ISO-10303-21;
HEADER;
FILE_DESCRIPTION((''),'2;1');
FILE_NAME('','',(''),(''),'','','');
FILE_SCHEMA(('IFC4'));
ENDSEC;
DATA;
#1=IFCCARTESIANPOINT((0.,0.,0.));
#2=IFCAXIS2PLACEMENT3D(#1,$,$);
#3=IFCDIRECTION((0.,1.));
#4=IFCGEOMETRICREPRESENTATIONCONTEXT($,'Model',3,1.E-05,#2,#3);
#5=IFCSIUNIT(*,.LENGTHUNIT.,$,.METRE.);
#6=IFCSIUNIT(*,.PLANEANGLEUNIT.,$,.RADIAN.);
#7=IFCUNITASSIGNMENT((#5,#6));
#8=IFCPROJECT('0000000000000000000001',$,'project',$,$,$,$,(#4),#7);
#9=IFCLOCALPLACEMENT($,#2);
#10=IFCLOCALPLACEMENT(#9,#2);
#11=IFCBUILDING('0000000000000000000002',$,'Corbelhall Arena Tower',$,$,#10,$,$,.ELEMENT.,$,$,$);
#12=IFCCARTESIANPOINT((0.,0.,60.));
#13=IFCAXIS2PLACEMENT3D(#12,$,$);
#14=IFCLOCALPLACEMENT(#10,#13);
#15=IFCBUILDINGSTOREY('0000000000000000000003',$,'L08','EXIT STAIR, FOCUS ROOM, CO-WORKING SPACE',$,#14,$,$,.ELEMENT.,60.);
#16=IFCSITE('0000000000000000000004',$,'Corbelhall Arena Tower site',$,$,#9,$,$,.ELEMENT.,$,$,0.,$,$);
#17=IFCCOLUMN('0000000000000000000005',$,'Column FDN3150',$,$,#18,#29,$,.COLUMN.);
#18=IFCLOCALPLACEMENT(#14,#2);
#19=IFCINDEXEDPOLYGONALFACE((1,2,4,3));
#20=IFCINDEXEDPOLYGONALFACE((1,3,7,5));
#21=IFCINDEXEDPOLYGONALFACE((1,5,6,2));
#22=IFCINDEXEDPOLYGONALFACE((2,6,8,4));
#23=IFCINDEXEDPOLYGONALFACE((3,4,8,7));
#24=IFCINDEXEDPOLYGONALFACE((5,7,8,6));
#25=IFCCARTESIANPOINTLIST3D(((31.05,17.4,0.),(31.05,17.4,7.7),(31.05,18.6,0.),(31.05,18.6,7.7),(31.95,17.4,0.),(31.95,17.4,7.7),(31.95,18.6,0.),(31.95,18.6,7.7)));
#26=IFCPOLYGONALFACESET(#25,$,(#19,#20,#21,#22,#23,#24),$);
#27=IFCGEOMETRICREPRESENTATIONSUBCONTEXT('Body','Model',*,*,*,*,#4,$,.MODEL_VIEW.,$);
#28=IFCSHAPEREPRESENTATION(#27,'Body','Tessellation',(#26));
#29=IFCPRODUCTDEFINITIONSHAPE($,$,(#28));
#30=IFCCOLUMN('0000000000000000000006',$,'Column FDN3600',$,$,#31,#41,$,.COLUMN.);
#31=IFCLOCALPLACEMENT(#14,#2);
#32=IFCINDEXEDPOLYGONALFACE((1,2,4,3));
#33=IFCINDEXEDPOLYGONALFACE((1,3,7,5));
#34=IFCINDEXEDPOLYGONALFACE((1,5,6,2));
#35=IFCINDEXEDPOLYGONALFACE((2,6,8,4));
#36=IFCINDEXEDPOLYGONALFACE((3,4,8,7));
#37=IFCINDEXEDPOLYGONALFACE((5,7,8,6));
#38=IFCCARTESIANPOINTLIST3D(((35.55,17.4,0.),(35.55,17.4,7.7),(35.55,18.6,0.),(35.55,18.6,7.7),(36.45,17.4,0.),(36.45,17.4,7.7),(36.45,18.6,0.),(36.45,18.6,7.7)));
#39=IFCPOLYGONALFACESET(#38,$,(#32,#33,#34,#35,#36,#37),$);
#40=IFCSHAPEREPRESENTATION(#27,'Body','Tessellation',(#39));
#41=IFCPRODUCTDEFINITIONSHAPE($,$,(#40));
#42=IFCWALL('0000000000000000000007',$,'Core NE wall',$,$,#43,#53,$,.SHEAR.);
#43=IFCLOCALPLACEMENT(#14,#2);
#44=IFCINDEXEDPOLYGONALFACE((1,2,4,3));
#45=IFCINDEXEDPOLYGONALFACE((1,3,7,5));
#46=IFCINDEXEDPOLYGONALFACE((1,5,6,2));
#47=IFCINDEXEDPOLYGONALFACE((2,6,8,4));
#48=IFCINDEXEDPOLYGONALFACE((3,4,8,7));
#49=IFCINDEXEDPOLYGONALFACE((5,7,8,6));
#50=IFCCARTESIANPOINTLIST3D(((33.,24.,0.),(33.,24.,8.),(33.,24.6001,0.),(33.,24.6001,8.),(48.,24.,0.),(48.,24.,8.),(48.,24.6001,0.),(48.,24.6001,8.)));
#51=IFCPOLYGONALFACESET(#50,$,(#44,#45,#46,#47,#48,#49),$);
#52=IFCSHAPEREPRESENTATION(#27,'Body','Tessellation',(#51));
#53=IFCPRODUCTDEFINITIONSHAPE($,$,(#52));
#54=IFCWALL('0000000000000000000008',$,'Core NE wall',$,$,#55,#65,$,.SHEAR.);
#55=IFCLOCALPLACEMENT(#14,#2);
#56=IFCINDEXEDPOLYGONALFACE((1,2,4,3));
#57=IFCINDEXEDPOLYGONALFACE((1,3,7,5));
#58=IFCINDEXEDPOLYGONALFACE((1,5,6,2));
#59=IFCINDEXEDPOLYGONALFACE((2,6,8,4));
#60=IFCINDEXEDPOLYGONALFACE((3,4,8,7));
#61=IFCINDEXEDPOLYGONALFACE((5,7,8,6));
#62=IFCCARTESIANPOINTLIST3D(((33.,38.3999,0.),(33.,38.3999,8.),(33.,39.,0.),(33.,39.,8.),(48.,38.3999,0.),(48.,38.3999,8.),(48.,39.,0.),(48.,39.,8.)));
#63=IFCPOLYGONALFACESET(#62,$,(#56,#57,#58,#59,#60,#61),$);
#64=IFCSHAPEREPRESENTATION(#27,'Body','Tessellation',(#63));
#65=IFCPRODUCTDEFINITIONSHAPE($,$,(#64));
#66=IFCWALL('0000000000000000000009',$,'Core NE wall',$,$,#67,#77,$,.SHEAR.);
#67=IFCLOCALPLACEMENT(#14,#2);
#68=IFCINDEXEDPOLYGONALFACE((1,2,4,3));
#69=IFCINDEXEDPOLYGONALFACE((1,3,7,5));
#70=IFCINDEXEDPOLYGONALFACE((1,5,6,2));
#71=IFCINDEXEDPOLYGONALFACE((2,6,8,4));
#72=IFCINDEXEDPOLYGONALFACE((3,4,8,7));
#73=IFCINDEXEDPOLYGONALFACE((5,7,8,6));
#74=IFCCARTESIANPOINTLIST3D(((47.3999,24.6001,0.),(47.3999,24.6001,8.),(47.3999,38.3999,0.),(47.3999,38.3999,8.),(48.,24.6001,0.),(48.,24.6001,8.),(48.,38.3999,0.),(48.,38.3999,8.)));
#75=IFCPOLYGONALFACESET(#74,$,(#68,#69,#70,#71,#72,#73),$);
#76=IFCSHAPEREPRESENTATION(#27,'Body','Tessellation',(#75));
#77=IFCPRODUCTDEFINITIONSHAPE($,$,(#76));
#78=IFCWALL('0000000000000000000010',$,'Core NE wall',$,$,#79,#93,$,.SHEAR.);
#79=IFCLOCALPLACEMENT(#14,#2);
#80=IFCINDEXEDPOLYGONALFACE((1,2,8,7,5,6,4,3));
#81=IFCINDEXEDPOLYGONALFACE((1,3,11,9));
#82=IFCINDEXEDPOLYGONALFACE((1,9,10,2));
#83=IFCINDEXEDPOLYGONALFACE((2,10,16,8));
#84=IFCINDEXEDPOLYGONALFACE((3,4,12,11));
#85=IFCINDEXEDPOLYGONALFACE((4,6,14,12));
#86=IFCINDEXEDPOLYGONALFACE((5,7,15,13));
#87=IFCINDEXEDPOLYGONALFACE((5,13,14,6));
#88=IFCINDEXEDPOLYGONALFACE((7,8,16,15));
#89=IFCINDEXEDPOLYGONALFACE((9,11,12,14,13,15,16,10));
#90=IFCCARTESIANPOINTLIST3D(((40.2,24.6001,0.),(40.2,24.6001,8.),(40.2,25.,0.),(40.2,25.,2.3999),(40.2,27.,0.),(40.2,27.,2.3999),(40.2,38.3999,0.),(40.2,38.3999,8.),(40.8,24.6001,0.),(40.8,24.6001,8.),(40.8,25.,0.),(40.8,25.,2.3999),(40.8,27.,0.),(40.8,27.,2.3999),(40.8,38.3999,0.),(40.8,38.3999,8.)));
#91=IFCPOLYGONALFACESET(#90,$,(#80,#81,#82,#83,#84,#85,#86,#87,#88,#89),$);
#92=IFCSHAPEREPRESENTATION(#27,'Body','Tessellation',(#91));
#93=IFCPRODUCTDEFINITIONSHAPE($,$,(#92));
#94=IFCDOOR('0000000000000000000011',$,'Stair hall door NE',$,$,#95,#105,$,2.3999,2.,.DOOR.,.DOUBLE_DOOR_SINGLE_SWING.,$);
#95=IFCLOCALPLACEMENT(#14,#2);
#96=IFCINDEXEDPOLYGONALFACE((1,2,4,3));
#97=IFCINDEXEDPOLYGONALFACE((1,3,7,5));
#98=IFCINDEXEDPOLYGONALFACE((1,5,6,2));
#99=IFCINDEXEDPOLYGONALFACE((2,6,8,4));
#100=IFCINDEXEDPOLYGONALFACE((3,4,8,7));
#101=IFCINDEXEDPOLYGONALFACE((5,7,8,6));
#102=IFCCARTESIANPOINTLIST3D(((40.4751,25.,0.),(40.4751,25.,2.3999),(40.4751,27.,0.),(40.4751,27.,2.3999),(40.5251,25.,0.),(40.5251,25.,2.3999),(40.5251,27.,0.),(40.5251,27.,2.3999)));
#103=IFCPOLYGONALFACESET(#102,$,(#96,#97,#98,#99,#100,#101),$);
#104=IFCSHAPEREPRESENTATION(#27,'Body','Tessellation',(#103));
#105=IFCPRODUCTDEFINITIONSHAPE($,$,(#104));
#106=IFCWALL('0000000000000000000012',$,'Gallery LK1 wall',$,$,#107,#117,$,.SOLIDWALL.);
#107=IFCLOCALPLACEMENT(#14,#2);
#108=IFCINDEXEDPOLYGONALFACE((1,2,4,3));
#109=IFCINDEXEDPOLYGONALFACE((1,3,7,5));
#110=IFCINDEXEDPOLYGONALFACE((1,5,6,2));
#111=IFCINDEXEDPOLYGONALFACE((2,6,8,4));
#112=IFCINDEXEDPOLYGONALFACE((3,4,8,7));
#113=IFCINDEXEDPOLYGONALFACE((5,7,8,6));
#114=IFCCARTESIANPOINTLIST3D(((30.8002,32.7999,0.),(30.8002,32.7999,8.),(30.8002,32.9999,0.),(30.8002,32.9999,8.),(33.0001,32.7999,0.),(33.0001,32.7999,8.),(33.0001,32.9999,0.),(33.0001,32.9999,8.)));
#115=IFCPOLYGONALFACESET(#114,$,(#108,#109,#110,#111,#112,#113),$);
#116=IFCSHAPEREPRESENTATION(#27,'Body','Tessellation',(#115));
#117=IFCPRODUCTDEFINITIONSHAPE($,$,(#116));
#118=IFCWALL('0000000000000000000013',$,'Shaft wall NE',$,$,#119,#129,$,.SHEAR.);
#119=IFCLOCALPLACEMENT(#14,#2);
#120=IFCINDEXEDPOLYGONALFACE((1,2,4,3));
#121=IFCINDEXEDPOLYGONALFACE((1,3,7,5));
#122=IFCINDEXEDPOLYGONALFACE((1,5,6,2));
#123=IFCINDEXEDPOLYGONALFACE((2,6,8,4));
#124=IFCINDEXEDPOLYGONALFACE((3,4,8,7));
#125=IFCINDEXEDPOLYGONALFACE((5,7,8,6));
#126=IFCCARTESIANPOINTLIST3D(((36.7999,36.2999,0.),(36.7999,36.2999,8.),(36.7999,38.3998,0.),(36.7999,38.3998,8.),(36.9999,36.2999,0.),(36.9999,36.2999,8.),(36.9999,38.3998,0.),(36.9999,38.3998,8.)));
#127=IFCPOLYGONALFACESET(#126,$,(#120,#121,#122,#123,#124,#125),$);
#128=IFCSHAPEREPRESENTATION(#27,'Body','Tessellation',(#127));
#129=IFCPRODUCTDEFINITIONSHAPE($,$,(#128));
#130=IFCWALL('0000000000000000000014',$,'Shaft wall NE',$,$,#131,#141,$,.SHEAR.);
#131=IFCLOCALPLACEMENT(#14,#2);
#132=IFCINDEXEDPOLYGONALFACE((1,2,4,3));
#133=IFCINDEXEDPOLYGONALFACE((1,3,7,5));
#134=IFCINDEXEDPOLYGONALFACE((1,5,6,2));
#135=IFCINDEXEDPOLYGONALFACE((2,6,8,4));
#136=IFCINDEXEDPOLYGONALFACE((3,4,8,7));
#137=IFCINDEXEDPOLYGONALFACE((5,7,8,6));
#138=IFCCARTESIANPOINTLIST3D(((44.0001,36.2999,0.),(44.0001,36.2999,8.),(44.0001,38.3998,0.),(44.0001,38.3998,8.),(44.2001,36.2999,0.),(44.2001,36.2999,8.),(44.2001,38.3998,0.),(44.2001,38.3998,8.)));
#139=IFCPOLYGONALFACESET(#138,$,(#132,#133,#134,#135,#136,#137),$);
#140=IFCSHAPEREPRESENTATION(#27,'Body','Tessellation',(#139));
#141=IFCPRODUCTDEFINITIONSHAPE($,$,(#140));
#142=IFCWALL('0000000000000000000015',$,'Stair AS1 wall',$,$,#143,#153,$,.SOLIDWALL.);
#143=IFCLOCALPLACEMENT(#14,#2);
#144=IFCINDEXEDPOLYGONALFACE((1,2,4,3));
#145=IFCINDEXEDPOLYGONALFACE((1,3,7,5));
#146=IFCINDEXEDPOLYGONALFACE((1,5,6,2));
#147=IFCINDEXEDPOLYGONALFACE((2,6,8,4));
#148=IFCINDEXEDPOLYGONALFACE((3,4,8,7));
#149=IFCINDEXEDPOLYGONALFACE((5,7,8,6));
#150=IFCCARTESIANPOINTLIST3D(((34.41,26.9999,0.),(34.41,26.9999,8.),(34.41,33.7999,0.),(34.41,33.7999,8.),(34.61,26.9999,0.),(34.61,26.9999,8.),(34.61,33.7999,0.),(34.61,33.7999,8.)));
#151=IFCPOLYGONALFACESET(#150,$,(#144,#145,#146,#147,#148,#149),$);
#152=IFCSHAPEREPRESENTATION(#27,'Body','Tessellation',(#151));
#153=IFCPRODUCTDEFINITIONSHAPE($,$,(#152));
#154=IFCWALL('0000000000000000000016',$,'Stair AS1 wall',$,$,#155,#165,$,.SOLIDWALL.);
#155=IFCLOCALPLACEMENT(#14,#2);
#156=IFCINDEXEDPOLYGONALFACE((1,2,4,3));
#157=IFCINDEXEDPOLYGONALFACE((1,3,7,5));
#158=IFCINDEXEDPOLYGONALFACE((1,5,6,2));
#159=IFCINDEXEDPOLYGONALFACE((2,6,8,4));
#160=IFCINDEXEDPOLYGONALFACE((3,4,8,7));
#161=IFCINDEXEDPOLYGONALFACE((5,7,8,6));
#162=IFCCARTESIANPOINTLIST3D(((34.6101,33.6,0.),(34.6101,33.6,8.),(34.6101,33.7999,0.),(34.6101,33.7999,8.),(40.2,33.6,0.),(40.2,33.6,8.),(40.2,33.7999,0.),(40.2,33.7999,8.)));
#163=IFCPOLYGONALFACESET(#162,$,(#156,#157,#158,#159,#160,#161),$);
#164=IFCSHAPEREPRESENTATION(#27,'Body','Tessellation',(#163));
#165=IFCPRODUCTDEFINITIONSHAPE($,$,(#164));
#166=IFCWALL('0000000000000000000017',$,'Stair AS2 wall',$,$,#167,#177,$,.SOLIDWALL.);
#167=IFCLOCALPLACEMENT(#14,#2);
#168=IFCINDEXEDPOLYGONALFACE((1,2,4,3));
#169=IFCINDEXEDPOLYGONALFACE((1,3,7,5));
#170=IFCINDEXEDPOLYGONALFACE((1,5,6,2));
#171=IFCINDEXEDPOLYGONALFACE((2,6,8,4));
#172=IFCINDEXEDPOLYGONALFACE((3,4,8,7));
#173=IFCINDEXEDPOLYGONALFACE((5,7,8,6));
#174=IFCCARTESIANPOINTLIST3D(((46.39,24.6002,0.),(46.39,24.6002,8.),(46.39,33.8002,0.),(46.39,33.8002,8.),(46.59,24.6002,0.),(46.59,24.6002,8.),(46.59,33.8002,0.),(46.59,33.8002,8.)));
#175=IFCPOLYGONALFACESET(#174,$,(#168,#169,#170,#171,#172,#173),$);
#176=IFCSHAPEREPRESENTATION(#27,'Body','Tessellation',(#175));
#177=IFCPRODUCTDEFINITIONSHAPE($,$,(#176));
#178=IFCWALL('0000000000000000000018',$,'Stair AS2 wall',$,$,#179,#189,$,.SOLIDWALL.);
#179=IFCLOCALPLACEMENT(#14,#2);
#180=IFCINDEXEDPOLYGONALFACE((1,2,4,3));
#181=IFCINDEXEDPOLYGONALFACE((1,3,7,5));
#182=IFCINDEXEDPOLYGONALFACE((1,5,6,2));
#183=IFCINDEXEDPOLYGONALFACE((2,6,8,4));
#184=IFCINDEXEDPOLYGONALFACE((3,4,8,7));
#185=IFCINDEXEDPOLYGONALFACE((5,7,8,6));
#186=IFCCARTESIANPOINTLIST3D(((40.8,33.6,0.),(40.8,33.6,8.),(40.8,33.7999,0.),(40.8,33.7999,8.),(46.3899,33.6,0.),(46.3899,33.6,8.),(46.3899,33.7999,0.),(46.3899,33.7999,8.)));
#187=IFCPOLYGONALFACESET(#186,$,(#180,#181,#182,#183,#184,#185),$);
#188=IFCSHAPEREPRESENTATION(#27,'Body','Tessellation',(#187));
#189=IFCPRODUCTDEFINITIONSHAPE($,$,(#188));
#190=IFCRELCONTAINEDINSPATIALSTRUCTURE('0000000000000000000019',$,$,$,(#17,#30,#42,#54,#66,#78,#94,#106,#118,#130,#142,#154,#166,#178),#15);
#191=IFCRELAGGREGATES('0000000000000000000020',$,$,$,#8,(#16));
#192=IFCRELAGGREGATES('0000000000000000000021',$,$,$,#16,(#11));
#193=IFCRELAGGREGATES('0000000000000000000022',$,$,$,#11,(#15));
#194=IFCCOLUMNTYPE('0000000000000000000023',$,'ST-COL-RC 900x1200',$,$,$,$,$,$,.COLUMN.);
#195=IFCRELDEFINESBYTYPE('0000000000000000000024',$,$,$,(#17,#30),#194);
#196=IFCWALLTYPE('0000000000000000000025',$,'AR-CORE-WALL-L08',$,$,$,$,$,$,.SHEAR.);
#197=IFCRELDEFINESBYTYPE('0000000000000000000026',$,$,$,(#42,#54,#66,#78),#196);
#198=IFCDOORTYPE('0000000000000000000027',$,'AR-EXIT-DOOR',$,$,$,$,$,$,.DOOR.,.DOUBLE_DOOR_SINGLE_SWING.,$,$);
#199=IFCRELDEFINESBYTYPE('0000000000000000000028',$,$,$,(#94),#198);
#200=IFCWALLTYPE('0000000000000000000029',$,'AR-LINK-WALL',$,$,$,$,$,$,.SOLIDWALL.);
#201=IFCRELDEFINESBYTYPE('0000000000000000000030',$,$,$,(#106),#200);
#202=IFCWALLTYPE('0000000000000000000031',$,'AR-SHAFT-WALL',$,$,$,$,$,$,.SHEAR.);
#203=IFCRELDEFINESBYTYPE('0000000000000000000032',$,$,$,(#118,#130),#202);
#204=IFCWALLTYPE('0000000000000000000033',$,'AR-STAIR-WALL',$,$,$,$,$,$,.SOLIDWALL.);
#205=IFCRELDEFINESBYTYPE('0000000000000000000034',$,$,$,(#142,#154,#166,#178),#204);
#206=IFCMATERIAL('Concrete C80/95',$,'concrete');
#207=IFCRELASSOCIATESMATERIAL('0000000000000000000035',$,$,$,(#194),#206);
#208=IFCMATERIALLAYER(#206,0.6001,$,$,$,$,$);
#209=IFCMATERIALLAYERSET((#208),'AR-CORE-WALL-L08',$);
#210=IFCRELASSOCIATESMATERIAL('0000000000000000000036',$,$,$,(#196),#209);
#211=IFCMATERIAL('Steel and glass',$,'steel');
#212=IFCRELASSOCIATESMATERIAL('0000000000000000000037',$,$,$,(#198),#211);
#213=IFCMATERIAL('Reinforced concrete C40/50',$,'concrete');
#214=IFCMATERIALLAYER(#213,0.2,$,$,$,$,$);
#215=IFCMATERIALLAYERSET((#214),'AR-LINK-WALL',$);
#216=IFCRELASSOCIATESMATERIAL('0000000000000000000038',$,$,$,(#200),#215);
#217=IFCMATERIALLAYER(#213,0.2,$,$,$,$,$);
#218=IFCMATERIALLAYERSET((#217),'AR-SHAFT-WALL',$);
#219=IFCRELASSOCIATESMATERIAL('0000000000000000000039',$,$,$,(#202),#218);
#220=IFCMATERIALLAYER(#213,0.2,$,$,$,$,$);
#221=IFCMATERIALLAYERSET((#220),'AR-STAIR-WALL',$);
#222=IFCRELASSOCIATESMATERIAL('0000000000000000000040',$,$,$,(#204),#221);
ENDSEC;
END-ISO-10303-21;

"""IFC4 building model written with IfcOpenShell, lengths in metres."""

from ifc_helpers import new_model, si_unit, direction, frame, frame_2d, origin, origin_2d, place, context, subcontext, project, spatial, rectangle, extrude, material, layer, layer_set, material_profile, profile_set, type_object, element, fill, save


model = new_model("IFC4")

# Units and contexts
model_context = context("Model", 3, precision=1e-05, world=origin(), true_north=direction((0.0, 1.0)))
body_context = subcontext(model_context, "Body", "Model", "MODEL_VIEW")
ifc_project = project(units=[si_unit("LENGTHUNIT", "METRE"), si_unit("PLANEANGLEUNIT", "RADIAN")], contexts=[model_context])

# Site, building, storey
site_placement = place(None, origin())
site = spatial("IfcSite", under=ifc_project, at=site_placement, Name="Corbelhall Arena Tower site", CompositionType="ELEMENT", RefElevation=0.0)
building_placement = place(site_placement, origin())
building = spatial("IfcBuilding", under=site, at=building_placement, Name="Corbelhall Arena Tower", CompositionType="ELEMENT")
storey_placement = place(building_placement, frame((0.0, 0.0, 60.0)))
storey = spatial("IfcBuildingStorey", under=building, at=storey_placement, Name="L08", Description="EXIT STAIR, FOCUS ROOM, CO-WORKING SPACE", CompositionType="ELEMENT", Elevation=60.0)

# Columns
ifc_material_1 = material(Name="Concrete C80/95", Category="concrete")
ifc_material_profile = material_profile(ifc_material_1, rectangle(XDim=0.8999, YDim=1.2, at=origin_2d()))
ifc_profile_set = profile_set([ifc_material_profile], Name="Concrete C80/95")
column_type = type_object("IfcColumnType", Name="ST-COL-RC 900x1200", PredefinedType="COLUMN", material=ifc_profile_set)
for number, where, z_axis, x_axis, name in (
    (1, (31.5, 18.0, 0.0), (0.0, 0.0, 1.0), (1.0, 0.0, 0.0), "Column FDN3150"),
    (2, (36.0, 18.0, 0.0), (0.0, 0.0, 1.0), (1.0, 0.0, 0.0), "Column FDN3600"),
):
    element("IfcColumn", number, at=place(storey_placement, frame(where, z_axis=z_axis, x_axis=x_axis)), inside=storey, type_object=column_type, Name=name, PredefinedType="COLUMN", context=body_context, shape_type="SweptSolid", body=[
        extrude(rectangle(XDim=0.8999, YDim=1.2, at=origin_2d()), origin(), (0.0, 0.0, 1.0), 7.7),
    ])

# Walls
ifc_layer_1 = layer(ifc_material_1, 0.6001)
ifc_layer_set_1 = layer_set([ifc_layer_1], Name="AR-CORE-WALL-L08")
wall_type_1 = type_object("IfcWallType", Name="AR-CORE-WALL-L08", PredefinedType="SHEAR", material=ifc_layer_set_1)
for number, where, z_axis, x_axis, name in (
    (3, (33.0, 24.3, 0.0), (0.0, 0.0, 1.0), (1.0, 0.0, 0.0), "Core NE wall"),
    (4, (33.0, 38.7, 0.0), (0.0, 0.0, 1.0), (1.0, 0.0, 0.0), "Core NE wall"),
):
    element("IfcWall", number, at=place(storey_placement, frame(where, z_axis=z_axis, x_axis=x_axis)), inside=storey, type_object=wall_type_1, Name=name, PredefinedType="SHEAR", context=body_context, shape_type="SweptSolid", body=[
        extrude(rectangle(XDim=15.0, YDim=0.6001, at=frame_2d((7.5, 0.0))), origin(), (0.0, 0.0, 1.0), 8.0),
    ])

# Shared definitions
ifc_material_2 = material(Name="Steel and glass", Category="steel")
door_type_1 = type_object("IfcDoorType", Name="AR-EXIT-DOOR", OperationType="DOUBLE_DOOR_SINGLE_SWING", PredefinedType="DOOR", material=ifc_material_2)

# Wall
wall_1_placement = place(storey_placement, frame((47.7, 24.6001, 0.0), z_axis=(0.0, 0.0, 1.0), x_axis=(0.0, 1.0, 0.0)))
element("IfcWall", 5, at=wall_1_placement, inside=storey, type_object=wall_type_1, Name="Core NE wall", PredefinedType="SHEAR", context=body_context, shape_type="SweptSolid", body=[
    extrude(rectangle(XDim=13.7998, YDim=0.6001, at=frame_2d((6.8999, 0.0))), origin(), (0.0, 0.0, 1.0), 8.0),
])

# Wall, opening, door
wall_2_placement = place(storey_placement, frame((40.5, 24.6001, 0.0), z_axis=(0.0, 0.0, 1.0), x_axis=(0.0, 1.0, 0.0)))
wall_2 = element("IfcWall", 6, at=wall_2_placement, inside=storey, type_object=wall_type_1, Name="Core NE wall", PredefinedType="SHEAR", context=body_context, shape_type="SweptSolid", body=[
    extrude(rectangle(XDim=13.7998, YDim=0.6001, at=frame_2d((6.8999, 0.0))), origin(), (0.0, 0.0, 1.0), 8.0),
])
opening_1_placement = place(wall_2_placement, frame((0.3999, 0.0, 0.0)))
opening_1 = element("IfcOpeningElement", 7, at=opening_1_placement, cuts=wall_2, PredefinedType="OPENING", context=body_context, shape_type="SweptSolid", body=[
    extrude(rectangle(XDim=2.0, YDim=2.3999, at=frame_2d((1.0, 1.2))), frame((0.0, 0.3, 0.0), z_axis=(0.0, -1.0, 0.0), x_axis=(1.0, 0.0, 0.0)), (0.0, 0.0, 1.0), 0.6001),
])
door_1_placement = place(opening_1_placement, origin())
door_1 = element("IfcDoor", 8, at=door_1_placement, inside=storey, type_object=door_type_1, Name="Stair hall door NE", OperationType="DOUBLE_DOOR_SINGLE_SWING", OverallHeight=2.3999, OverallWidth=2.0, PredefinedType="DOOR", context=body_context, shape_type="SweptSolid", body=[
    extrude(rectangle(XDim=2.0, YDim=2.3999, at=frame_2d((1.0, 1.2))), frame((0.0, 0.0249, 0.0), z_axis=(0.0, -1.0, 0.0), x_axis=(1.0, 0.0, 0.0)), (0.0, 0.0, 1.0), 0.05),
])
fill(opening_1, door_1)

# Wall
ifc_material_3 = material(Name="Reinforced concrete C40/50", Category="concrete")
ifc_layer_2 = layer(ifc_material_3, 0.2)
ifc_layer_set_2 = layer_set([ifc_layer_2], Name="AR-LINK-WALL")
wall_type_2 = type_object("IfcWallType", Name="AR-LINK-WALL", PredefinedType="SOLIDWALL", material=ifc_layer_set_2)
wall_3_placement = place(storey_placement, frame((30.8, 32.8999, 0.0), z_axis=(0.0, 0.0, 1.0), x_axis=(1.0, 0.0, 0.0)))
element("IfcWall", 9, at=wall_3_placement, inside=storey, type_object=wall_type_2, Name="Gallery LK1 wall", PredefinedType="SOLIDWALL", context=body_context, shape_type="SweptSolid", body=[
    extrude(rectangle(XDim=2.2, YDim=0.2, at=frame_2d((1.1001, 0.0))), origin(), (0.0, 0.0, 1.0), 8.0),
])

# Shared definitions
ifc_layer_3 = layer(ifc_material_3, 0.2)
ifc_layer_set_3 = layer_set([ifc_layer_3], Name="AR-SHAFT-WALL")
wall_type_3 = type_object("IfcWallType", Name="AR-SHAFT-WALL", PredefinedType="SHEAR", material=ifc_layer_set_3)

# Walls
for number, where, z_axis, x_axis, name in (
    (10, (36.8999, 36.3, 0.0), (0.0, 0.0, 1.0), (0.0, 1.0, 0.0), "Shaft wall NE"),
    (11, (44.1001, 36.3, 0.0), (0.0, 0.0, 1.0), (0.0, 1.0, 0.0), "Shaft wall NE"),
):
    element("IfcWall", number, at=place(storey_placement, frame(where, z_axis=z_axis, x_axis=x_axis)), inside=storey, type_object=wall_type_3, Name=name, PredefinedType="SHEAR", context=body_context, shape_type="SweptSolid", body=[
        extrude(rectangle(XDim=2.0999, YDim=0.2, at=frame_2d((1.0498, 0.0))), origin(), (0.0, 0.0, 1.0), 8.0),
    ])
ifc_layer_4 = layer(ifc_material_3, 0.2)
ifc_layer_set_4 = layer_set([ifc_layer_4], Name="AR-STAIR-WALL")
wall_type_4 = type_object("IfcWallType", Name="AR-STAIR-WALL", PredefinedType="SOLIDWALL", material=ifc_layer_set_4)
wall_4_placement = place(storey_placement, frame((34.51, 27.0, 0.0), z_axis=(0.0, 0.0, 1.0), x_axis=(0.0, 1.0, 0.0)))
element("IfcWall", 12, at=wall_4_placement, inside=storey, type_object=wall_type_4, Name="Stair AS1 wall", PredefinedType="SOLIDWALL", context=body_context, shape_type="SweptSolid", body=[
    extrude(rectangle(XDim=6.8, YDim=0.2, at=frame_2d((3.3999, 0.0))), origin(), (0.0, 0.0, 1.0), 8.0),
])
wall_5_placement = place(storey_placement, frame((34.6101, 33.7, 0.0), z_axis=(0.0, 0.0, 1.0), x_axis=(1.0, 0.0, 0.0)))
element("IfcWall", 13, at=wall_5_placement, inside=storey, type_object=wall_type_4, Name="Stair AS1 wall", PredefinedType="SOLIDWALL", context=body_context, shape_type="SweptSolid", body=[
    extrude(rectangle(XDim=5.5898, YDim=0.2, at=frame_2d((2.7949, 0.0))), origin(), (0.0, 0.0, 1.0), 8.0),
])
wall_6_placement = place(storey_placement, frame((46.49, 24.6001, 0.0), z_axis=(0.0, 0.0, 1.0), x_axis=(0.0, 1.0, 0.0)))
element("IfcWall", 14, at=wall_6_placement, inside=storey, type_object=wall_type_4, Name="Stair AS2 wall", PredefinedType="SOLIDWALL", context=body_context, shape_type="SweptSolid", body=[
    extrude(rectangle(XDim=9.2, YDim=0.2, at=frame_2d((4.6001, 0.0))), origin(), (0.0, 0.0, 1.0), 8.0),
])
wall_7_placement = place(storey_placement, frame((40.8, 33.7, 0.0), z_axis=(0.0, 0.0, 1.0), x_axis=(1.0, 0.0, 0.0)))
element("IfcWall", 15, at=wall_7_placement, inside=storey, type_object=wall_type_4, Name="Stair AS2 wall", PredefinedType="SOLIDWALL", context=body_context, shape_type="SweptSolid", body=[
    extrude(rectangle(XDim=5.5898, YDim=0.2, at=frame_2d((2.7949, 0.0))), origin(), (0.0, 0.0, 1.0), 8.0),
])

save(model, "model.ifc")
